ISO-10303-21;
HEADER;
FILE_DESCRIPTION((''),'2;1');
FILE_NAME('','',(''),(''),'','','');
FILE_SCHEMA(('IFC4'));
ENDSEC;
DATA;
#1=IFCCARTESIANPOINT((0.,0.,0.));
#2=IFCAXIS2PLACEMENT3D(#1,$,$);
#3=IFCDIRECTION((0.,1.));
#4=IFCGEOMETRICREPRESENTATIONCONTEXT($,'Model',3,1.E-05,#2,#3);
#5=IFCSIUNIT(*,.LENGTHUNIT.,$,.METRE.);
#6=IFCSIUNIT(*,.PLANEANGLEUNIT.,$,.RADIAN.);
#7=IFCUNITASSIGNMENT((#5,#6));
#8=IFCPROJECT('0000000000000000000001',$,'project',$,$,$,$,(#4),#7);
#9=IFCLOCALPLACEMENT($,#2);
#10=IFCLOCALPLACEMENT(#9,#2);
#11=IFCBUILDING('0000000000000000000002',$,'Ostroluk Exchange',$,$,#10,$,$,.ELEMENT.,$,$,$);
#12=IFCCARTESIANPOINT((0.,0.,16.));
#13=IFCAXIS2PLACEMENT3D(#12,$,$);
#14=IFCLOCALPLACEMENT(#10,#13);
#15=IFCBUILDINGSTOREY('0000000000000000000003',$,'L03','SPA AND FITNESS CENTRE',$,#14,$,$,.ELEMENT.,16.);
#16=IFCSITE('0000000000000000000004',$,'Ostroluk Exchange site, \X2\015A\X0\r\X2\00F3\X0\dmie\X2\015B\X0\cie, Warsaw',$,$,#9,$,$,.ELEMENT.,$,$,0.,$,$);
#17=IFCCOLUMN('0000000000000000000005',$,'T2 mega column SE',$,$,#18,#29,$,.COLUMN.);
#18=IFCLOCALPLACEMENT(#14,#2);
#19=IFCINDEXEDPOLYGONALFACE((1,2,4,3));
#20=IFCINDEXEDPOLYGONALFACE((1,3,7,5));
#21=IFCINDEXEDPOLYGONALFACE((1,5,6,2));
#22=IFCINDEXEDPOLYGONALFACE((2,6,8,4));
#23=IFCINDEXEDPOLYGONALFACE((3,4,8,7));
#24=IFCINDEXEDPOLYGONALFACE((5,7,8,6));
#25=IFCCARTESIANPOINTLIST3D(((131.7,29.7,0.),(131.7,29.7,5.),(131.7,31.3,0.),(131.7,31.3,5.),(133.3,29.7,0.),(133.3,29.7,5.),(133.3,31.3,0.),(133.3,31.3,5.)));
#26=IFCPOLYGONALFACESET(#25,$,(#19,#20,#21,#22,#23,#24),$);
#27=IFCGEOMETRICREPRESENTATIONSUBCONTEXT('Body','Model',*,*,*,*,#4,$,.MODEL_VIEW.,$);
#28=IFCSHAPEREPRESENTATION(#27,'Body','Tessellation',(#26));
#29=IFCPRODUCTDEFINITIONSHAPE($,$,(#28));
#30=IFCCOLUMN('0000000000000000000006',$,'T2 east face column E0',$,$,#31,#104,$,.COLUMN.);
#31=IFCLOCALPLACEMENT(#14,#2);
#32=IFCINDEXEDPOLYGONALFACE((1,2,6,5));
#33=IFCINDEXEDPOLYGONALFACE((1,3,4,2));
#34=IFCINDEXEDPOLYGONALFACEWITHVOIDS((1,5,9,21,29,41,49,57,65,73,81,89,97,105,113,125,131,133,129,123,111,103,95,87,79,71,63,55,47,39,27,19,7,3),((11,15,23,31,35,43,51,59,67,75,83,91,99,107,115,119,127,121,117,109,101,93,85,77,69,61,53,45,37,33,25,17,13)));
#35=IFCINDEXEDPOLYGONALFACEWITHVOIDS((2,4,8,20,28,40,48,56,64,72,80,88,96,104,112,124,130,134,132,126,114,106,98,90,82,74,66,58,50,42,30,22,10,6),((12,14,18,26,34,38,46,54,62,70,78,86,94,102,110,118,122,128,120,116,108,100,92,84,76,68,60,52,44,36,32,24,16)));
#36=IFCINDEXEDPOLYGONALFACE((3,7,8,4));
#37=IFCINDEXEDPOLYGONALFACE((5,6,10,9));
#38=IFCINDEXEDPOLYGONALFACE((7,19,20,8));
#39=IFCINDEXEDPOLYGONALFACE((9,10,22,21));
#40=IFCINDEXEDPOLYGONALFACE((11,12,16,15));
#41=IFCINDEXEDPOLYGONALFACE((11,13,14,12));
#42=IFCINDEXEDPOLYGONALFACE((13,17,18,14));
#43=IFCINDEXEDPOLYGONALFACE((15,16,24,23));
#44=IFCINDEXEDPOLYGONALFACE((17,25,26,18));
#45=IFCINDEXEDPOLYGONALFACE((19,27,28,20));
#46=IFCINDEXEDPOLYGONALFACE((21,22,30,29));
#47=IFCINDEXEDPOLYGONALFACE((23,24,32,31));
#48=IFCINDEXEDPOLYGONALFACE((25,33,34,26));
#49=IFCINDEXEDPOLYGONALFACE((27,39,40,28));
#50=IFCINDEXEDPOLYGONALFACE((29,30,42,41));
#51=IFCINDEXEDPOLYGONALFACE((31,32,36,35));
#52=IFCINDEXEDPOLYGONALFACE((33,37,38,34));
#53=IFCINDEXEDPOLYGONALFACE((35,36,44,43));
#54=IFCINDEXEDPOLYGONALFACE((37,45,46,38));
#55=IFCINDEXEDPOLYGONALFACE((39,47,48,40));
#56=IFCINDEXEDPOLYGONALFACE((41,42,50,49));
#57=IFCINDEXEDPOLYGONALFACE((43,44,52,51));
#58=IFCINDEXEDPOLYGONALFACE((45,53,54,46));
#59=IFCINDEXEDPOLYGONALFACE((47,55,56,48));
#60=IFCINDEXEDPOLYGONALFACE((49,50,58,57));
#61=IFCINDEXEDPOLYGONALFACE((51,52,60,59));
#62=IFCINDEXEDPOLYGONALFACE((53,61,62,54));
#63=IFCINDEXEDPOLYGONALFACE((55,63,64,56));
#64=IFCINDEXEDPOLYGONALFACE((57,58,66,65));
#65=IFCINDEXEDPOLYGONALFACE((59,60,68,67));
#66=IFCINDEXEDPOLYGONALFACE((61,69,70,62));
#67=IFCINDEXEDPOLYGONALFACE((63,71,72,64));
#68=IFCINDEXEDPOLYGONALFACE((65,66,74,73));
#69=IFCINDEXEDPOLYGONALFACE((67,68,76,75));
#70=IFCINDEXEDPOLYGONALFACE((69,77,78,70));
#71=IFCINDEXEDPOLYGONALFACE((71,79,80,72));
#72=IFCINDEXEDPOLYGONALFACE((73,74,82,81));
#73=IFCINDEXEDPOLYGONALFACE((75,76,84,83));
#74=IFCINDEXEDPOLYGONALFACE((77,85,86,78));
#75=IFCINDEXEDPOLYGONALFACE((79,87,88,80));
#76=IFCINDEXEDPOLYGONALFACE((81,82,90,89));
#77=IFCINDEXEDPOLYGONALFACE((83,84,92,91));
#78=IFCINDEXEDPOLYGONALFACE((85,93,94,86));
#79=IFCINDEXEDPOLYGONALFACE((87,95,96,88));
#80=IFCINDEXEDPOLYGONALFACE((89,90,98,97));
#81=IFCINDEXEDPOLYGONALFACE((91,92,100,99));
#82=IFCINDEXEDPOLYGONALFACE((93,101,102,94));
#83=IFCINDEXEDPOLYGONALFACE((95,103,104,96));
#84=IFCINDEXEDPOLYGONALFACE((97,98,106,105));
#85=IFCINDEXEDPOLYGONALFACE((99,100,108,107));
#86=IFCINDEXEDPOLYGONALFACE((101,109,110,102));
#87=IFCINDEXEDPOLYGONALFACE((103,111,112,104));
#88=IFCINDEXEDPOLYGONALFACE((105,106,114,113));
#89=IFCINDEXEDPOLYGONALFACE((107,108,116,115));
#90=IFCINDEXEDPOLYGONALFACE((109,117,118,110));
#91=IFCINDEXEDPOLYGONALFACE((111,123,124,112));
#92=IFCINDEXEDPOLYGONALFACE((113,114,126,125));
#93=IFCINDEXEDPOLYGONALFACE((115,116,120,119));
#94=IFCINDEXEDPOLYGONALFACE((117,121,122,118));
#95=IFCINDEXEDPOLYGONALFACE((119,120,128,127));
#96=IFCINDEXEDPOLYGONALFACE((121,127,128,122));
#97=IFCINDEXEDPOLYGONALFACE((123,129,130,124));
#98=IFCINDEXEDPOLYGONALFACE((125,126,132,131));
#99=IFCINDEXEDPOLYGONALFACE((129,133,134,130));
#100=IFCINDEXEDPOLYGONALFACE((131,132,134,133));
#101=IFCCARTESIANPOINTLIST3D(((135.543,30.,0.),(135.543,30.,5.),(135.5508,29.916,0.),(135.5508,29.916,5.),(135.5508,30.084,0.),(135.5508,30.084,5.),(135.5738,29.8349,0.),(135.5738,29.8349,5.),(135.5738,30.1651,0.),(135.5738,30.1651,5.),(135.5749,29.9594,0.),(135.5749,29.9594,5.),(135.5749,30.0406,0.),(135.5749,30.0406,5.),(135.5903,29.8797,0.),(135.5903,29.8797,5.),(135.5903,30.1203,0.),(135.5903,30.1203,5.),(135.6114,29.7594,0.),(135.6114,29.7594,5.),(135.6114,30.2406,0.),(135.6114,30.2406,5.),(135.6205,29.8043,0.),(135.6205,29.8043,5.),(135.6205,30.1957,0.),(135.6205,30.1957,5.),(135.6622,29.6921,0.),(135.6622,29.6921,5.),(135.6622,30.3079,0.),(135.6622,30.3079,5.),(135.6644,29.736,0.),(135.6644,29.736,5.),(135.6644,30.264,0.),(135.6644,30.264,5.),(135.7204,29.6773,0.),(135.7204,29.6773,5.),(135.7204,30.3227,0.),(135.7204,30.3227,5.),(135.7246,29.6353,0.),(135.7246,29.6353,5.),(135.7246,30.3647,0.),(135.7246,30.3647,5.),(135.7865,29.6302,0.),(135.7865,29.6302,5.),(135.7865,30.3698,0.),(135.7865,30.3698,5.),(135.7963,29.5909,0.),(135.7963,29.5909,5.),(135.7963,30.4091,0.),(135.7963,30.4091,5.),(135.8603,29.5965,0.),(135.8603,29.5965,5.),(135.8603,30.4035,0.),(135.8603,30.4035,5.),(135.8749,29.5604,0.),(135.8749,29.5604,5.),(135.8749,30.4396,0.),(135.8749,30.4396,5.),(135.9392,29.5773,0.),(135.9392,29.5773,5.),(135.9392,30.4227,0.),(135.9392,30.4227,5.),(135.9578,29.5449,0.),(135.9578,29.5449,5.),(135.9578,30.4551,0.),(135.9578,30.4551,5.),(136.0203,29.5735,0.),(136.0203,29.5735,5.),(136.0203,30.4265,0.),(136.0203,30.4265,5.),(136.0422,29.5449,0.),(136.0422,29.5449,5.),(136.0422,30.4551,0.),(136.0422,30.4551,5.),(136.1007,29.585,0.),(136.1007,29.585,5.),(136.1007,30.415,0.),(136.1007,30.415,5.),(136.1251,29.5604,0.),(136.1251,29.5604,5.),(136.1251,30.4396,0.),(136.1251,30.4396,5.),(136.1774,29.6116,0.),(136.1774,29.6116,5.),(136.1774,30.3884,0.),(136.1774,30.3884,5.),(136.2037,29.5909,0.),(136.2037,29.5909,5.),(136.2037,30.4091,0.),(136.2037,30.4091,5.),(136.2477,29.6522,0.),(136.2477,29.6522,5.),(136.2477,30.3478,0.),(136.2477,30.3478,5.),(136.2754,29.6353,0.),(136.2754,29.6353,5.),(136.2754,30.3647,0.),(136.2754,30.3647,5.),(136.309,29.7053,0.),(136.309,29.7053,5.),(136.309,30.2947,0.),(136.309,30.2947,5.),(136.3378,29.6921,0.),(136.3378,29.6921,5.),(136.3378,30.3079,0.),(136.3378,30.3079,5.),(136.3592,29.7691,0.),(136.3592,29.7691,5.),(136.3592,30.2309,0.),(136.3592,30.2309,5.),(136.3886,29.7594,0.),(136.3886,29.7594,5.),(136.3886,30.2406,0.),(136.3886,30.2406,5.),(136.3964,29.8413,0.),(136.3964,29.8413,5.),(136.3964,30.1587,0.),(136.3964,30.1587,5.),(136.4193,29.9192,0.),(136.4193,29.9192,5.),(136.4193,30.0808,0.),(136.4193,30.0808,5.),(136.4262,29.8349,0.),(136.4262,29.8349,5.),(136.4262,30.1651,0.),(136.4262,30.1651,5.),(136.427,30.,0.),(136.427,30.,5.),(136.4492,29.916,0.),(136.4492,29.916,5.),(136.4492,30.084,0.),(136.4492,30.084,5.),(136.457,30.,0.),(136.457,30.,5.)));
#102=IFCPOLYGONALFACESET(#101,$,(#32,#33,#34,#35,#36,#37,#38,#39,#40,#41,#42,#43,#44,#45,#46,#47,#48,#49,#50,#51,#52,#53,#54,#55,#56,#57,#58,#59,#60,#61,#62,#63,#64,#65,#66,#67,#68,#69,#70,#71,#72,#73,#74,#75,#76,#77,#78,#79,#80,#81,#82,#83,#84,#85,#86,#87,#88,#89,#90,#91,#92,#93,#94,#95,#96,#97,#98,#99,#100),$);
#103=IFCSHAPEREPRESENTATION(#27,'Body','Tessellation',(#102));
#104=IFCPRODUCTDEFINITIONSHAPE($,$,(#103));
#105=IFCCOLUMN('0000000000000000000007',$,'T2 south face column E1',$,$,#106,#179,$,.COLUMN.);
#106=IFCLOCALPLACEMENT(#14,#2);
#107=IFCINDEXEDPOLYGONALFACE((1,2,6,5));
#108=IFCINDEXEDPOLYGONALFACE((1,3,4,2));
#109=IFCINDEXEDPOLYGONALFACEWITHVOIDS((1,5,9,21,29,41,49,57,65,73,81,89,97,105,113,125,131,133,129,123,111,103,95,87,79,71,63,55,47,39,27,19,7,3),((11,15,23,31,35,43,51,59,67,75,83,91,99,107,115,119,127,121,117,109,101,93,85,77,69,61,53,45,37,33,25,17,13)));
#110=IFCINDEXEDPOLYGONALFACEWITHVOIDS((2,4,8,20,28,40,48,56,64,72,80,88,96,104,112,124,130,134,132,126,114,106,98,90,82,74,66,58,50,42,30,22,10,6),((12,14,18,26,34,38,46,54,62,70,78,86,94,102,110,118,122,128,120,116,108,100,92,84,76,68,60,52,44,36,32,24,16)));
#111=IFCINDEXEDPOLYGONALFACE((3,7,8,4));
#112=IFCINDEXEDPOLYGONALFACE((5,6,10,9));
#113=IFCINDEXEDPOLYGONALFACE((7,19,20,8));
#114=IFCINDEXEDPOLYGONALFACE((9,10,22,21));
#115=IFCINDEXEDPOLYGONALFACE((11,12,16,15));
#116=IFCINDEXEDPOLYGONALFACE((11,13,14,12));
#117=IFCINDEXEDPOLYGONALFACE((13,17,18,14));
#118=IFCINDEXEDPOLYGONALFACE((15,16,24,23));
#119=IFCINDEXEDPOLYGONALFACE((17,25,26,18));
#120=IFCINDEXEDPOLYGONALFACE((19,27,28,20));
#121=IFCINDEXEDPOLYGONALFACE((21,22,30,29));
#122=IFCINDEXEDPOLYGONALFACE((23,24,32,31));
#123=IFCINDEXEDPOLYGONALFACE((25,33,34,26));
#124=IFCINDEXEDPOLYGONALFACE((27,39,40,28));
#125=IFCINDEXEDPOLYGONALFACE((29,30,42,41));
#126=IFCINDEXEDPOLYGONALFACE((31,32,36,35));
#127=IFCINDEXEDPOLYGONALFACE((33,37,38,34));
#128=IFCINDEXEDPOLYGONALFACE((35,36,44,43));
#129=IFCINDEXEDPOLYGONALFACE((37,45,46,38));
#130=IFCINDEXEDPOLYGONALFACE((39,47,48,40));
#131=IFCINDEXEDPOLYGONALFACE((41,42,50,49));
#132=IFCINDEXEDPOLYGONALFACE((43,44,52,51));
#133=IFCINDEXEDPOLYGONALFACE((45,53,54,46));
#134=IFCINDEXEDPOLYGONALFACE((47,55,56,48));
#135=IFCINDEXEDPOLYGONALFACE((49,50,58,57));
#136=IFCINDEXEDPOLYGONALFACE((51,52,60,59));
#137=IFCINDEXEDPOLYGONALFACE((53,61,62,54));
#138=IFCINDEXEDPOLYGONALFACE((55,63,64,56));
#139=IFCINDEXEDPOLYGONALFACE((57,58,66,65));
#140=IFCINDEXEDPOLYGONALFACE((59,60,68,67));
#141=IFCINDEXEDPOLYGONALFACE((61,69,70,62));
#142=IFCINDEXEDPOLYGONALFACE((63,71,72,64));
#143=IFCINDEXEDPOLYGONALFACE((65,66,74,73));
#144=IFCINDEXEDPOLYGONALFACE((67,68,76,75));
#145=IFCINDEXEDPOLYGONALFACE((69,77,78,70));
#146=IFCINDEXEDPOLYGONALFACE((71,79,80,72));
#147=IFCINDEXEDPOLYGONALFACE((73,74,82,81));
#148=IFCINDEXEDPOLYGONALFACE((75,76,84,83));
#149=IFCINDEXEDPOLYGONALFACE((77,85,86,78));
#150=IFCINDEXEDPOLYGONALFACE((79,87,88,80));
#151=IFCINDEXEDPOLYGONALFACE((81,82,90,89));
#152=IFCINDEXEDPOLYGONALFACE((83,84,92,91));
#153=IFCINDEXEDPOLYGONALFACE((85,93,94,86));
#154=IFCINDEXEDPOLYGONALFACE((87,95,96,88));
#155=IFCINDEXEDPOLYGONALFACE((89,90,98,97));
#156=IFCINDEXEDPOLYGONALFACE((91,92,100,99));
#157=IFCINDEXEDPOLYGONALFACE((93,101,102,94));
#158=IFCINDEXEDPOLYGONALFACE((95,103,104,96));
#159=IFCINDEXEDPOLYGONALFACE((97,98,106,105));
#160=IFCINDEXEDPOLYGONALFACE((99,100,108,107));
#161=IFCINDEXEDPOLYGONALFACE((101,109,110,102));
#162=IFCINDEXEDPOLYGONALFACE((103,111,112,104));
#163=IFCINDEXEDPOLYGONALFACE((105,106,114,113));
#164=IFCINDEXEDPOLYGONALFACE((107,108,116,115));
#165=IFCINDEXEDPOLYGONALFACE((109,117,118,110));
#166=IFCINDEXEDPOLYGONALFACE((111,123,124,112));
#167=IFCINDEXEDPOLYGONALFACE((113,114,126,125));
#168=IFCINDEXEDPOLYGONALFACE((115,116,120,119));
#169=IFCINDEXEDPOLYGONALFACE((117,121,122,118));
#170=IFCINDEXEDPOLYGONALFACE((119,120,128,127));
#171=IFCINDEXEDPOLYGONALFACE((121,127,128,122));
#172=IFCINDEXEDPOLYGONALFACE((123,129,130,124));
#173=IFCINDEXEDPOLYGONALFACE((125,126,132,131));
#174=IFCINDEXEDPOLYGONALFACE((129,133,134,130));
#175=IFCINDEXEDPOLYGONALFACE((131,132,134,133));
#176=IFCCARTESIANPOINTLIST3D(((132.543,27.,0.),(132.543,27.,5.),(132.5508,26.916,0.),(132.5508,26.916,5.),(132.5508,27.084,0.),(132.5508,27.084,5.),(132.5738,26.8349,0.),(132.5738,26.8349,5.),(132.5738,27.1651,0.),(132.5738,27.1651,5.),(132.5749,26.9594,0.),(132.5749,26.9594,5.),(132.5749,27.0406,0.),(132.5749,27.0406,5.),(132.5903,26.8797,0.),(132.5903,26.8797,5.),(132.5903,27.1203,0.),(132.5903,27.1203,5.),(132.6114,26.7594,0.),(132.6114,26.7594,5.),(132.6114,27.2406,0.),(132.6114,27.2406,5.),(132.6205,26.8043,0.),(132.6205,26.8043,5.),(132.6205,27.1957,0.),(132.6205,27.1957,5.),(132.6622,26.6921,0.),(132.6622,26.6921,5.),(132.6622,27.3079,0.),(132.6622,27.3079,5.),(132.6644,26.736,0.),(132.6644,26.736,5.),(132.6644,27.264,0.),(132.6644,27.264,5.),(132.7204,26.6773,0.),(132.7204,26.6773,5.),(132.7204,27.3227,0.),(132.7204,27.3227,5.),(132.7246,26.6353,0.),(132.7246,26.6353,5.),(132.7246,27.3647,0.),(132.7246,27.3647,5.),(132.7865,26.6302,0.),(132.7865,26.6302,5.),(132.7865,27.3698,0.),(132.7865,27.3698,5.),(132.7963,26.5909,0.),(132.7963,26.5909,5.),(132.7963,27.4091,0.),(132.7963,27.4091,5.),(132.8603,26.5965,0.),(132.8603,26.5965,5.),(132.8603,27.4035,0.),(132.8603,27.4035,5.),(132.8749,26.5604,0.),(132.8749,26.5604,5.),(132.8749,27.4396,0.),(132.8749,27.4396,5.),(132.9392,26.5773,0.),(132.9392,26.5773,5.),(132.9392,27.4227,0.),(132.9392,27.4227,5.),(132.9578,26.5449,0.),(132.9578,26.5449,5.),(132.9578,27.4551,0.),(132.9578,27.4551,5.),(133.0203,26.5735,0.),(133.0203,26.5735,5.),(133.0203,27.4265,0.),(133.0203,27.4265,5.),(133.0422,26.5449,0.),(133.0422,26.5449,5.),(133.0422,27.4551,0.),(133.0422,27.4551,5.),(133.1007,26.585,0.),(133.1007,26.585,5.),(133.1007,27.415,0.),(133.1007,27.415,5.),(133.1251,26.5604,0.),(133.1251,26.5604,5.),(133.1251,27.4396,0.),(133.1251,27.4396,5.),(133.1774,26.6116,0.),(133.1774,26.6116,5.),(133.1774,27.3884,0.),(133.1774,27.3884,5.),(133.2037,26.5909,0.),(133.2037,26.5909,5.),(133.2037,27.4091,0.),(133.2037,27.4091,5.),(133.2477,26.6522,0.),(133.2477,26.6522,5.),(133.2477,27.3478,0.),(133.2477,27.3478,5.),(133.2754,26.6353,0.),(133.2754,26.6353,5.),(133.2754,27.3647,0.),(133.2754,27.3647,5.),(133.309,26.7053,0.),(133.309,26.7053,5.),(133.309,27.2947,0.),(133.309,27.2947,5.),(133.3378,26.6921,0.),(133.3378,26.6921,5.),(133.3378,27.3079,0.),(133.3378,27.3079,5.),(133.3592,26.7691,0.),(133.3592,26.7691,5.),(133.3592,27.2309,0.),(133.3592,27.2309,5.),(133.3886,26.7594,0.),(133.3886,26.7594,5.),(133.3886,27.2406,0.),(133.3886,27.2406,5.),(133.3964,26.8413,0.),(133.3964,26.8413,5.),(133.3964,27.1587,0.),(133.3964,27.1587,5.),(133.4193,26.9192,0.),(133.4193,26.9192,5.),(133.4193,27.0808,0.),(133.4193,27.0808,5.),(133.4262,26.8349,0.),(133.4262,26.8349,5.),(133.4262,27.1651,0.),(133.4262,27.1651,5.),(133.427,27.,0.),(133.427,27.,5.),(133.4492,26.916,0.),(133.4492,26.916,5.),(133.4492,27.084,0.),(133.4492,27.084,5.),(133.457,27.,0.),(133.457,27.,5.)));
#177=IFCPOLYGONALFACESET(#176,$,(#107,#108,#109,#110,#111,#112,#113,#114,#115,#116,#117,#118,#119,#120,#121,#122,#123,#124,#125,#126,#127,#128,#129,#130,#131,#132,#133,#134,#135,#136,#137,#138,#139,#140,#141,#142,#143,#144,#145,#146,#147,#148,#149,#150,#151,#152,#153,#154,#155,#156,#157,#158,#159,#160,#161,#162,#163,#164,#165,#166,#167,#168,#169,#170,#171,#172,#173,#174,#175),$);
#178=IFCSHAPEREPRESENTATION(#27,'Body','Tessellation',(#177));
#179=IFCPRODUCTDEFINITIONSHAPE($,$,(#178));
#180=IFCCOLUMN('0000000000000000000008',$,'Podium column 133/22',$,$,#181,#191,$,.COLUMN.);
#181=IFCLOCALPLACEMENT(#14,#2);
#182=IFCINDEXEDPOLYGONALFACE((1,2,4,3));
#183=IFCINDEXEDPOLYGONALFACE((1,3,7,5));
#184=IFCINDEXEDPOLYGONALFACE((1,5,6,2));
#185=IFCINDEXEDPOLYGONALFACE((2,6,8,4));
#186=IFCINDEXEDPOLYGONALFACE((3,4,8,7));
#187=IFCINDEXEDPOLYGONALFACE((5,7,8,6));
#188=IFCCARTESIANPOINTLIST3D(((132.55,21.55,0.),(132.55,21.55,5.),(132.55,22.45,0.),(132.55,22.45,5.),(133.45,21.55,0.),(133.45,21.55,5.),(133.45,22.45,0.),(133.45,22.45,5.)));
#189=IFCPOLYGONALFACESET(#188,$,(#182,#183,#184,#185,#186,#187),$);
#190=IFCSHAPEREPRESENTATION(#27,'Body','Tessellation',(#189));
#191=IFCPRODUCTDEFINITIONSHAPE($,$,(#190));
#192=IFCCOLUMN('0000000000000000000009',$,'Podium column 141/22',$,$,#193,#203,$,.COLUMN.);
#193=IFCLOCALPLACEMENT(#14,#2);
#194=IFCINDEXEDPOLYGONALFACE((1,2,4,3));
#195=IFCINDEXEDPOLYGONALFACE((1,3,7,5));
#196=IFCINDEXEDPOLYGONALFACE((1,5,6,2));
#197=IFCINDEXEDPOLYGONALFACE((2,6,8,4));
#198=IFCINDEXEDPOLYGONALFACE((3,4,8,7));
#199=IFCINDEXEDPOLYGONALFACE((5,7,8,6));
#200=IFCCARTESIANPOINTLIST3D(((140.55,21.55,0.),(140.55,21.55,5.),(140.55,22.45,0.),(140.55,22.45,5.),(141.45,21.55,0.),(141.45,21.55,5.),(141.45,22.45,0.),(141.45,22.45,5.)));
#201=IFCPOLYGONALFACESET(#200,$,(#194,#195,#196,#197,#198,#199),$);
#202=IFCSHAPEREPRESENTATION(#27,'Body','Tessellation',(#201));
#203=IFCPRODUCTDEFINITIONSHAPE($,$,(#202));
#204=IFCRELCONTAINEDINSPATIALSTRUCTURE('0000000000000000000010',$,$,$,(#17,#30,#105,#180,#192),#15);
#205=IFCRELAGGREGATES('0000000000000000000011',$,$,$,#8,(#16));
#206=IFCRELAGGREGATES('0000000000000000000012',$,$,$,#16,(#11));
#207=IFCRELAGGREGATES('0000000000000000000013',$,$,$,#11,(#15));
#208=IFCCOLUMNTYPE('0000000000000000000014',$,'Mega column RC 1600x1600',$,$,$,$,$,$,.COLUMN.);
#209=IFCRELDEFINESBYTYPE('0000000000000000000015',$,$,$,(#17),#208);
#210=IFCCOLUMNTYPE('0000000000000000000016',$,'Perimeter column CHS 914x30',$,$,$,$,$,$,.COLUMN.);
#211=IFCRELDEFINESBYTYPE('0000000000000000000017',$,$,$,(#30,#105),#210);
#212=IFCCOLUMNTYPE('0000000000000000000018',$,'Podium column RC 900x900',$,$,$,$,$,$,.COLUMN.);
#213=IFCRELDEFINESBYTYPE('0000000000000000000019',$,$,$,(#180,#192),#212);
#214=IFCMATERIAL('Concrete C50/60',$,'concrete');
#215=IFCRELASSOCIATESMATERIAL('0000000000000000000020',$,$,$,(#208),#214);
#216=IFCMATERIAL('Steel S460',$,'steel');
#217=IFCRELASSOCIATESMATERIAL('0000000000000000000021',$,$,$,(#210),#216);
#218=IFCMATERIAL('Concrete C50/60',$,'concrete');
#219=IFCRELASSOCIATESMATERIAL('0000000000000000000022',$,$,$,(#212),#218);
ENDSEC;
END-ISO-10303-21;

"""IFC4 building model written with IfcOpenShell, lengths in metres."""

from ifc_helpers import new_model, si_unit, direction, frame, origin, origin_2d, place, context, subcontext, project, spatial, rectangle, hollow_circle, extrude, material, material_profile, profile_set, type_object, element, save


model = new_model("IFC4")

# Units and contexts
model_context = context("Model", 3, precision=1e-05, world=origin(), true_north=direction((0.0, 1.0)))
body_context = subcontext(model_context, "Body", "Model", "MODEL_VIEW")
ifc_project = project(units=[si_unit("LENGTHUNIT", "METRE"), si_unit("PLANEANGLEUNIT", "RADIAN")], contexts=[model_context])

# Site, building, storey
site_placement = place(None, origin())
site = spatial("IfcSite", under=ifc_project, at=site_placement, Name="Ostroluk Exchange site, Śródmieście, Warsaw", CompositionType="ELEMENT", RefElevation=0.0)
building_placement = place(site_placement, origin())
building = spatial("IfcBuilding", under=site, at=building_placement, Name="Ostroluk Exchange", CompositionType="ELEMENT")
storey_placement = place(building_placement, frame((0.0, 0.0, 16.0)))
storey = spatial("IfcBuildingStorey", under=building, at=storey_placement, Name="L03", Description="SPA AND FITNESS CENTRE", CompositionType="ELEMENT", Elevation=16.0)

# Columns
ifc_material_1 = material(Name="Concrete C50/60", Category="concrete")
ifc_material_profile_1 = material_profile(ifc_material_1, rectangle(XDim=1.6001, YDim=1.6001, at=origin_2d()), Name="RC 1600x1600")
ifc_profile_set_1 = profile_set([ifc_material_profile_1], Name="Concrete C50/60")
column_type_1 = type_object("IfcColumnType", Name="Mega column RC 1600x1600", PredefinedType="COLUMN", material=ifc_profile_set_1)
column_placement = place(storey_placement, frame((132.5, 30.5, 0.0), z_axis=(0.0, 0.0, 1.0), x_axis=(1.0, 0.0, 0.0)))
element("IfcColumn", 1, at=column_placement, inside=storey, type_object=column_type_1, Name="T2 mega column SE", PredefinedType="COLUMN", context=body_context, shape_type="SweptSolid", body=[
    extrude(rectangle(XDim=1.6001, YDim=1.6001, at=origin_2d()), origin(), (0.0, 0.0, 1.0), 5.0),
])
ifc_material_2 = material(Name="Steel S460", Category="steel")
ifc_material_profile_2 = material_profile(ifc_material_2, hollow_circle(Radius=0.457, WallThickness=0.03, at=origin_2d()), Name="CHS 914x30")
ifc_profile_set_2 = profile_set([ifc_material_profile_2], Name="Steel S460")
column_type_2 = type_object("IfcColumnType", Name="Perimeter column CHS 914x30", PredefinedType="COLUMN", material=ifc_profile_set_2)
for number, where, z_axis, x_axis, name in (
    (2, (136.0, 30.0, 0.0), (0.0, 0.0, 1.0), (1.0, 0.0, 0.0), "T2 east face column E0"),
    (3, (133.0, 27.0, 0.0), (0.0, 0.0, 1.0), (1.0, 0.0, 0.0), "T2 south face column E1"),
):
    element("IfcColumn", number, at=place(storey_placement, frame(where, z_axis=z_axis, x_axis=x_axis)), inside=storey, type_object=column_type_2, Name=name, PredefinedType="COLUMN", context=body_context, shape_type="SweptSolid", body=[
        extrude(hollow_circle(Radius=0.457, WallThickness=0.03, at=origin_2d()), origin(), (0.0, 0.0, 1.0), 5.0),
    ])
ifc_material_3 = material(Name="Concrete C50/60", Category="concrete")
ifc_material_profile_3 = material_profile(ifc_material_3, rectangle(XDim=0.8999, YDim=0.8999, at=origin_2d()), Name="RC 900x900")
ifc_profile_set_3 = profile_set([ifc_material_profile_3], Name="Concrete C50/60")
column_type_3 = type_object("IfcColumnType", Name="Podium column RC 900x900", PredefinedType="COLUMN", material=ifc_profile_set_3)
for number, where, z_axis, x_axis, name in (
    (4, (133.0, 22.0, 0.0), (0.0, 0.0, 1.0), (1.0, 0.0, 0.0), "Podium column 133/22"),
    (5, (141.0, 22.0, 0.0), (0.0, 0.0, 1.0), (1.0, 0.0, 0.0), "Podium column 141/22"),
):
    element("IfcColumn", number, at=place(storey_placement, frame(where, z_axis=z_axis, x_axis=x_axis)), inside=storey, type_object=column_type_3, Name=name, PredefinedType="COLUMN", context=body_context, shape_type="SweptSolid", body=[
        extrude(rectangle(XDim=0.8999, YDim=0.8999, at=origin_2d()), origin(), (0.0, 0.0, 1.0), 5.0),
    ])

save(model, "model.ifc")
